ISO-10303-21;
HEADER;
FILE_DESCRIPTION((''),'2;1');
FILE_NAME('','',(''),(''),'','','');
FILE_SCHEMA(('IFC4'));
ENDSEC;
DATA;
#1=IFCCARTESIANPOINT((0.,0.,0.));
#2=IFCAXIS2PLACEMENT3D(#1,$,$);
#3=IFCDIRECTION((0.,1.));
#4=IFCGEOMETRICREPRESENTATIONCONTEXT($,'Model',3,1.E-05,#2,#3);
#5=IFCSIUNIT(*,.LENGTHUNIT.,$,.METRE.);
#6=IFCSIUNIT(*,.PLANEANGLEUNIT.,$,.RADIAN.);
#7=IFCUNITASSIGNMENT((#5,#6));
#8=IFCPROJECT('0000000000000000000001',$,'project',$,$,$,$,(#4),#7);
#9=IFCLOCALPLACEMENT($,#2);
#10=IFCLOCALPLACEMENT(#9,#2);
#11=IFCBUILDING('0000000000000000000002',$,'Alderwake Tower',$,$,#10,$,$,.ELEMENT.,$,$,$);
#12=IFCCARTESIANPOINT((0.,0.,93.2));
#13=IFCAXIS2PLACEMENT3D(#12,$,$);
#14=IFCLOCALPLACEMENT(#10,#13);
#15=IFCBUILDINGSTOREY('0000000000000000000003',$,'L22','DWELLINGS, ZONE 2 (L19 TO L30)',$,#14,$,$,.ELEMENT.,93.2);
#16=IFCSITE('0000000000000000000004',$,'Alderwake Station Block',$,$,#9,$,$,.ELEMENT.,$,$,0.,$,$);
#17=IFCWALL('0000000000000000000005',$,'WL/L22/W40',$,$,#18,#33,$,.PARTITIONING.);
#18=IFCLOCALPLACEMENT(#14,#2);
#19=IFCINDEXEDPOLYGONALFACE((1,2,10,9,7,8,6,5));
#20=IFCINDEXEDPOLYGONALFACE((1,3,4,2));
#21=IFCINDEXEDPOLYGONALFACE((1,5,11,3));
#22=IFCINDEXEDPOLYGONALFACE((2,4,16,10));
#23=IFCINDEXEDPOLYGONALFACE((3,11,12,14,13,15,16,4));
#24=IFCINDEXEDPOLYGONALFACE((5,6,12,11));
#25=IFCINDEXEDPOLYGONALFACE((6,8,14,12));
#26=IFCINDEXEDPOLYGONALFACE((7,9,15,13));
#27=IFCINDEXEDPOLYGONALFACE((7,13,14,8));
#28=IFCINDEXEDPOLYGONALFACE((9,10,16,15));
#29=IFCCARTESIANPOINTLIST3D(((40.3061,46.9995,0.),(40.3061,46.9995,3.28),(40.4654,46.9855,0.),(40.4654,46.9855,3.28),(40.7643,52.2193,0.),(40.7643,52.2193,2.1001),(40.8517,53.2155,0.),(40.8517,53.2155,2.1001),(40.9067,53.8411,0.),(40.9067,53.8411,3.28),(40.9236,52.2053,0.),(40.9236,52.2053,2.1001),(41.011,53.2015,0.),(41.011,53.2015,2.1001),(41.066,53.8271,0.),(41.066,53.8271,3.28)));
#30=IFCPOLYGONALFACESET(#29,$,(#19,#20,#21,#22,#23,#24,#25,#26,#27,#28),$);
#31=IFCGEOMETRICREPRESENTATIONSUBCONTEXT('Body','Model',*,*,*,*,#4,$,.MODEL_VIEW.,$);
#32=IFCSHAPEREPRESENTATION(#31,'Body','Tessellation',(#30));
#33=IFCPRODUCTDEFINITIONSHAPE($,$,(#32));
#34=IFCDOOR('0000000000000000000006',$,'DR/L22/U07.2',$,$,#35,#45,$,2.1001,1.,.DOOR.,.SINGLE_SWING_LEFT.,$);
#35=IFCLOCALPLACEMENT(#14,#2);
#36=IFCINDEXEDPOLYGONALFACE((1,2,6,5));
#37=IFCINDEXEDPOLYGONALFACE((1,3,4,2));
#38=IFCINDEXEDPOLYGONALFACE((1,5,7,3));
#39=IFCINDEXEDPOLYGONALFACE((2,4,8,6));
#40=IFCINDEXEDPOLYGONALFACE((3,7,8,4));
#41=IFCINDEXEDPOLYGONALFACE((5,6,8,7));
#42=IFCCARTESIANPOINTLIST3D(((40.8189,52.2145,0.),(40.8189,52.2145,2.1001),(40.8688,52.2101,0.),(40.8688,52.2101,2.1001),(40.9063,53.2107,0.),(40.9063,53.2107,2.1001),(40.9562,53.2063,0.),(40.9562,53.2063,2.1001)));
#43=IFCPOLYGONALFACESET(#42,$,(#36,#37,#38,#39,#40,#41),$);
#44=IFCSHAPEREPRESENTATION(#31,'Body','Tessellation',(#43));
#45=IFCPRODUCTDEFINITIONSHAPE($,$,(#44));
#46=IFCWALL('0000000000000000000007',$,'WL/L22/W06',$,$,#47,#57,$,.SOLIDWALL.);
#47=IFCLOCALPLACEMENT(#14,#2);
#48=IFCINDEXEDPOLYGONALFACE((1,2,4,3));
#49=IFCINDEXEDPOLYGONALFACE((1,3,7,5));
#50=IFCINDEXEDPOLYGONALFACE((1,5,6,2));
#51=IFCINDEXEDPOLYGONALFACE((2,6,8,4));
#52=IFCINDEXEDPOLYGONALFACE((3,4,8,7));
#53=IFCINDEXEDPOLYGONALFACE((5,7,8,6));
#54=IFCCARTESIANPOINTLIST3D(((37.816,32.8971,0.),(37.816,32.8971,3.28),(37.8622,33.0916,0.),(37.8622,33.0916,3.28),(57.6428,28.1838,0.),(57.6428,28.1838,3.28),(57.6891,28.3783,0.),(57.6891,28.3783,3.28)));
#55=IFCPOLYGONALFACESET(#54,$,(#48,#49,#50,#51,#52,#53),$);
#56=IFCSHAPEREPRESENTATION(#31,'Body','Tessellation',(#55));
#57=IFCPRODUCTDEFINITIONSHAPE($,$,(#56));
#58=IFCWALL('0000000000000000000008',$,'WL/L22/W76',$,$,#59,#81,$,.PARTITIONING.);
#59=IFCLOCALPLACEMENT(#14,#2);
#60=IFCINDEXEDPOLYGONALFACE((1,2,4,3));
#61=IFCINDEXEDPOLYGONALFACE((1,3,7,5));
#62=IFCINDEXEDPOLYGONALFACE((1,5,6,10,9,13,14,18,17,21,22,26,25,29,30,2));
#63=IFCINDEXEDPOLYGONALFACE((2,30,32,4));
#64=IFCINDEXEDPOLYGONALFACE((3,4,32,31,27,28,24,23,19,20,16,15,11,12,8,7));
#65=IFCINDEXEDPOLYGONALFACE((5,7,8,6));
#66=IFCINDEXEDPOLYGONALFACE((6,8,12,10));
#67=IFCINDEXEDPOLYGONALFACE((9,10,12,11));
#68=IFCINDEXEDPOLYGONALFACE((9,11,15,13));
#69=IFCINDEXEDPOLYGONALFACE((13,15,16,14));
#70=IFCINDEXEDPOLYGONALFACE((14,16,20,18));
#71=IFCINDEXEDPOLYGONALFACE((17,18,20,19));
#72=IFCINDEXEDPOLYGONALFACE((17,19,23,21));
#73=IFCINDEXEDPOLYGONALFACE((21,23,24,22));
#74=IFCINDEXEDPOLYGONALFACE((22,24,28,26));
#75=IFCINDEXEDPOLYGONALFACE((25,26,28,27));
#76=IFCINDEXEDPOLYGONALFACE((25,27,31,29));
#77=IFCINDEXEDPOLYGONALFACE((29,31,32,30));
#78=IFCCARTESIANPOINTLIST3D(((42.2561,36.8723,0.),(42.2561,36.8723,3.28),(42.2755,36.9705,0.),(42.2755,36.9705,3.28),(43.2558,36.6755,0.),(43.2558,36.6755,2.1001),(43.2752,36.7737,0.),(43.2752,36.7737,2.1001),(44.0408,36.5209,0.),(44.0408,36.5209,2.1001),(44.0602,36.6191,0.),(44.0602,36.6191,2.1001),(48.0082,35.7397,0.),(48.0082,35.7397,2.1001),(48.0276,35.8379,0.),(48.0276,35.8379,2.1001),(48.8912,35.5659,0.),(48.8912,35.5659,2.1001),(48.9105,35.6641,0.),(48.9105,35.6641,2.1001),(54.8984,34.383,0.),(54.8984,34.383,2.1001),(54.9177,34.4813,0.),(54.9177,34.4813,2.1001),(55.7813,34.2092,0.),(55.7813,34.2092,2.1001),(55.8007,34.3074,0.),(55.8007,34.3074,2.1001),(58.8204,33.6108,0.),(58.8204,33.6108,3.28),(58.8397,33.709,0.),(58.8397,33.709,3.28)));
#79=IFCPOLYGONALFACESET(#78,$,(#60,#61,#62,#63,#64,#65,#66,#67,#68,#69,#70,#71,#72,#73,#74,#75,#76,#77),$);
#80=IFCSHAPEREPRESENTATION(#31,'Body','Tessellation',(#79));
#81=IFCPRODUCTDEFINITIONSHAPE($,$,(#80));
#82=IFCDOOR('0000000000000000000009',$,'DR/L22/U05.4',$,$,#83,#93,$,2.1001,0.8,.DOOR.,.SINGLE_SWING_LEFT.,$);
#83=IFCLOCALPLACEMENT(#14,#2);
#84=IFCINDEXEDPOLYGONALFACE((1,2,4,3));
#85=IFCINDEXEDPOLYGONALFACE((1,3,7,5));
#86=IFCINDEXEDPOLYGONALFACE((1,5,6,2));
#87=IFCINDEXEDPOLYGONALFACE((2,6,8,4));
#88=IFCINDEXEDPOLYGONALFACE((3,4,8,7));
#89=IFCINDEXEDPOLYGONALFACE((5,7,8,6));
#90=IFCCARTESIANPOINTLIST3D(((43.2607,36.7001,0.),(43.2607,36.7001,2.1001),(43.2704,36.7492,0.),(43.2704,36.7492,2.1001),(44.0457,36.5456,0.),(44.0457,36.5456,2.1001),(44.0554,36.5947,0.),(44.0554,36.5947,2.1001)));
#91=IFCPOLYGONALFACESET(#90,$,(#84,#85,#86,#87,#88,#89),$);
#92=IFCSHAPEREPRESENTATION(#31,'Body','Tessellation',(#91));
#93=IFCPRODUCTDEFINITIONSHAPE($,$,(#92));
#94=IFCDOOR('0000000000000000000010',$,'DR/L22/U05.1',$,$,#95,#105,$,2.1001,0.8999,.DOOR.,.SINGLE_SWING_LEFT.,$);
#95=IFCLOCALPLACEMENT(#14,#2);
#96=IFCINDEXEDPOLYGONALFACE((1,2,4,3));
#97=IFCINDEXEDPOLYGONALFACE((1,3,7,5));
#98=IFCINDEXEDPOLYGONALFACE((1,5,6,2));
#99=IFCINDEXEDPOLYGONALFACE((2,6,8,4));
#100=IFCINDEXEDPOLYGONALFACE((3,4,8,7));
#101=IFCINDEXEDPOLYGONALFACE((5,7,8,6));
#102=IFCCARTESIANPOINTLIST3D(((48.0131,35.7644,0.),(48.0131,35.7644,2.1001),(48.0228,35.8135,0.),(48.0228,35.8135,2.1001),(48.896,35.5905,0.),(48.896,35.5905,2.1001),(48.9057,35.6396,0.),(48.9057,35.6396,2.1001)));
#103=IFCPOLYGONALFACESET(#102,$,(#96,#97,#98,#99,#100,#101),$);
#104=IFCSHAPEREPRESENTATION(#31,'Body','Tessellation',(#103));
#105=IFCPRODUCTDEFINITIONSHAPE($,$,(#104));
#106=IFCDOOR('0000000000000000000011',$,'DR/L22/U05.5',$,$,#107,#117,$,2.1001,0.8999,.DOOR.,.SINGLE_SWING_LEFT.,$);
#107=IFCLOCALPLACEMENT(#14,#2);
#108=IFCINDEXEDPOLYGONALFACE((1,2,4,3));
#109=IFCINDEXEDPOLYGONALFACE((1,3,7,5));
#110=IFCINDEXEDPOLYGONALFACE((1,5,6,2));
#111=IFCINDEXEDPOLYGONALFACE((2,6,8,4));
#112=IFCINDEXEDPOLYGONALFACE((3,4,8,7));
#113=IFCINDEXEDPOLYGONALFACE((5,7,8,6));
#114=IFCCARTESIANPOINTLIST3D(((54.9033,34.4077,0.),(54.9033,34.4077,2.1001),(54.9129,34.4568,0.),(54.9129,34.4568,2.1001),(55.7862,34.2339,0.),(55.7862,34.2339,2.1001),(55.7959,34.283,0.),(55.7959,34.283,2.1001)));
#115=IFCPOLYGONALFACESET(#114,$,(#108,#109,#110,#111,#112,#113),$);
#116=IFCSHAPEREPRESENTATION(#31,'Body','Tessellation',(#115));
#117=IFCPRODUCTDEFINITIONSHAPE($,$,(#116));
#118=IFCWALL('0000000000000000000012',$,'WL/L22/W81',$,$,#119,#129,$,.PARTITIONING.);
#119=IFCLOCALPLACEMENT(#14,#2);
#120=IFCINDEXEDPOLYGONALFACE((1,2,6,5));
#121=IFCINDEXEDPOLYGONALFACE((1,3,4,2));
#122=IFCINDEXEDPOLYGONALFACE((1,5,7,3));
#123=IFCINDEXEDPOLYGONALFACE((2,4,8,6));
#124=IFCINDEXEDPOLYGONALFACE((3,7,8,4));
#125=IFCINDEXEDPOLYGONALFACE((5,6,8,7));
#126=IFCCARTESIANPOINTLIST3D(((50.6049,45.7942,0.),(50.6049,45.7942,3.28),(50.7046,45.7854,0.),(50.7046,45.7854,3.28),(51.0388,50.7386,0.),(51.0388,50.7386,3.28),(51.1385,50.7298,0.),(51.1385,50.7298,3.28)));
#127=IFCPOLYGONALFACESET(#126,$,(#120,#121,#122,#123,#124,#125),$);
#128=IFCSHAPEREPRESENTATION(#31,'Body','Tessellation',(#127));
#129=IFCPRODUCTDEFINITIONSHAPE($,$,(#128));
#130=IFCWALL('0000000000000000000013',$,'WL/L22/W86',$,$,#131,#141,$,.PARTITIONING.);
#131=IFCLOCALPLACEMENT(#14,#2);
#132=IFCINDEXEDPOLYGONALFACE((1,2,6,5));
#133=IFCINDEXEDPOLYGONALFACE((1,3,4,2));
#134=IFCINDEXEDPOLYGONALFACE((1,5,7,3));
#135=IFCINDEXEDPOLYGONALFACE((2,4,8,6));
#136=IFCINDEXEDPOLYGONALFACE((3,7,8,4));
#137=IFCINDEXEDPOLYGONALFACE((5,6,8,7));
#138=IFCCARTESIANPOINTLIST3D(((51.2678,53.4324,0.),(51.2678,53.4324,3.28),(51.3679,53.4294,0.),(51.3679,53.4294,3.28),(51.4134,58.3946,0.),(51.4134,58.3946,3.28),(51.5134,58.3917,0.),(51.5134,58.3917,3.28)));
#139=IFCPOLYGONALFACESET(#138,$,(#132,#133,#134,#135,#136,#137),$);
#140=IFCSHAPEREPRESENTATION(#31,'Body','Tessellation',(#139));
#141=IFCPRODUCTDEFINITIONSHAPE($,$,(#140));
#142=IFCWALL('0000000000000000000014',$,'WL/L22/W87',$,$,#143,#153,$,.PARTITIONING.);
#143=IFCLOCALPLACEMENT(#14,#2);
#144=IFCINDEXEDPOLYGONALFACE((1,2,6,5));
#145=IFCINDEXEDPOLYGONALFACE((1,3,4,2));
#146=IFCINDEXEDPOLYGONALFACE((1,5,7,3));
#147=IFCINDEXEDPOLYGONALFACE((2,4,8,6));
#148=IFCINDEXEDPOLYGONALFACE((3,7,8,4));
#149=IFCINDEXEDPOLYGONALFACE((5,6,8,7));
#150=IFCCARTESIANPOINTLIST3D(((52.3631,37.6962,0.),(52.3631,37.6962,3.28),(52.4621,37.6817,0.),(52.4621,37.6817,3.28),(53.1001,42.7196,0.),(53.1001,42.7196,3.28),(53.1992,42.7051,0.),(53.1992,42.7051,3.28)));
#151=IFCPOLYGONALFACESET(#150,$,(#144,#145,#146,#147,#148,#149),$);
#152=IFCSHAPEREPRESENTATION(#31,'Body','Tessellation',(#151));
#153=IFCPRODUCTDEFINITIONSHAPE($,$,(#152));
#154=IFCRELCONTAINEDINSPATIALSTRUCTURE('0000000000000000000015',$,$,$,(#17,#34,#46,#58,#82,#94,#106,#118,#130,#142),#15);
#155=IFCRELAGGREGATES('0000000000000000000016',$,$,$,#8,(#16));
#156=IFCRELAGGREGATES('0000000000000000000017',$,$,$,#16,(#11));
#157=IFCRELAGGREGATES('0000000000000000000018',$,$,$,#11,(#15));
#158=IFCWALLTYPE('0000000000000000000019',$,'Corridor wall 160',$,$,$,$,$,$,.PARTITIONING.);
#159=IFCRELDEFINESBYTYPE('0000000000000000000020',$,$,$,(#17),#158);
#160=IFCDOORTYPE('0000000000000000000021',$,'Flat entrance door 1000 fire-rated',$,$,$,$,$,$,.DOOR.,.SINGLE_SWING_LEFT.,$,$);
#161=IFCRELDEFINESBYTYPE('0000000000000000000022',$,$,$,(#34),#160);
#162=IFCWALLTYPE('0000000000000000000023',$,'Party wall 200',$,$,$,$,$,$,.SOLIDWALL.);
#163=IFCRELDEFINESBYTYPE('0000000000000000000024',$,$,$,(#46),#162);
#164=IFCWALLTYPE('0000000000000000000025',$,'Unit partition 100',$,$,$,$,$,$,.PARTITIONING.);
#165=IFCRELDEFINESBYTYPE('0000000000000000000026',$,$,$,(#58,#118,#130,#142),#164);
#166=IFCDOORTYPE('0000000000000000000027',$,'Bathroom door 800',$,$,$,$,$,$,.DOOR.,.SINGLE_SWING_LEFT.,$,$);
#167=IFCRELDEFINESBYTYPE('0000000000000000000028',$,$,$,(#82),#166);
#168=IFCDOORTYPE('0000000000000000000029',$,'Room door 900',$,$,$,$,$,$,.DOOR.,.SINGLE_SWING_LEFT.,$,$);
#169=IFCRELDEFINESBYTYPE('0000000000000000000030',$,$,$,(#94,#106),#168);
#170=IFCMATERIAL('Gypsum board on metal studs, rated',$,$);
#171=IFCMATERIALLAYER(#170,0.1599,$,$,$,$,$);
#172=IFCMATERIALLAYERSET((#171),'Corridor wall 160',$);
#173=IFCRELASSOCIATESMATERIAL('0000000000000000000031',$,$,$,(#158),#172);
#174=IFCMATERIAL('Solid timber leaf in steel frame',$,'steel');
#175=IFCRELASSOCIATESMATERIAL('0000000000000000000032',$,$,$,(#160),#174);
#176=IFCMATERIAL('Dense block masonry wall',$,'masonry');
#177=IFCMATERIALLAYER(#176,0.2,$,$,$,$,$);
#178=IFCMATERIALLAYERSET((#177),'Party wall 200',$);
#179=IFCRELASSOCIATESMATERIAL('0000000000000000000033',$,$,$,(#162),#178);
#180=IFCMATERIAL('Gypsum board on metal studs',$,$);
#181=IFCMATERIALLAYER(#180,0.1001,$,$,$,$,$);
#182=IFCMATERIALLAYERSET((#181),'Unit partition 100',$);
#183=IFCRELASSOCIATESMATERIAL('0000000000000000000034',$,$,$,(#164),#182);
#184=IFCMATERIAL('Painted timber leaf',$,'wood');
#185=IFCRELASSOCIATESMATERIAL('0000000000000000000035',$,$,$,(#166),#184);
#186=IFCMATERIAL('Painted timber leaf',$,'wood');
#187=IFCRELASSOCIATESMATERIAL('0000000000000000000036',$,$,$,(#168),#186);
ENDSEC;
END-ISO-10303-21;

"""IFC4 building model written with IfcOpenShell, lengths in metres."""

from ifc_helpers import new_model, si_unit, direction, frame, frame_2d, origin, place, context, subcontext, project, spatial, rectangle, extrude, material, layer, layer_set, type_object, element, fill, save


model = new_model("IFC4")

# Units and contexts
model_context = context("Model", 3, precision=1e-05, world=origin(), true_north=direction((0.0, 1.0)))
body_context = subcontext(model_context, "Body", "Model", "MODEL_VIEW")
ifc_project = project(units=[si_unit("LENGTHUNIT", "METRE"), si_unit("PLANEANGLEUNIT", "RADIAN")], contexts=[model_context])

# Site, building, storey
site_placement = place(None, origin())
site = spatial("IfcSite", under=ifc_project, at=site_placement, Name="Alderwake Station Block", CompositionType="ELEMENT", RefElevation=0.0)
building_placement = place(site_placement, origin())
building = spatial("IfcBuilding", under=site, at=building_placement, Name="Alderwake Tower", CompositionType="ELEMENT")
storey_placement = place(building_placement, frame((0.0, 0.0, 93.2)))
storey = spatial("IfcBuildingStorey", under=building, at=storey_placement, Name="L22", Description="DWELLINGS, ZONE 2 (L19 TO L30)", CompositionType="ELEMENT", Elevation=93.2)

# Wall, opening, door
ifc_material_1 = material(Name="Gypsum board on metal studs, rated")
ifc_layer_1 = layer(ifc_material_1, 0.1599)
ifc_layer_set_1 = layer_set([ifc_layer_1], Name="Corridor wall 160")
wall_type_1 = type_object("IfcWallType", Name="Corridor wall 160", PredefinedType="PARTITIONING", material=ifc_layer_set_1)
ifc_material_2 = material(Name="Solid timber leaf in steel frame", Category="steel")
door_type_1 = type_object("IfcDoorType", Name="Flat entrance door 1000 fire-rated", OperationType="SINGLE_SWING_LEFT", PredefinedType="DOOR", material=ifc_material_2)
wall_1_placement = place(storey_placement, frame((40.9863, 53.8342, 0.0), z_axis=(0.0, 0.0, 1.0), x_axis=(-0.087449, -0.996169, 0.0)))
wall_1 = element("IfcWall", 1, at=wall_1_placement, inside=storey, type_object=wall_type_1, Name="WL/L22/W40", PredefinedType="PARTITIONING", context=body_context, shape_type="SweptSolid", body=[
    extrude(rectangle(XDim=6.8679, YDim=0.1599, at=frame_2d((3.4341, 0.0))), origin(), (0.0, 0.0, 1.0), 3.28),
])
opening_1_placement = place(wall_1_placement, frame((0.6282, 0.0, 0.0)))
opening_1 = element("IfcOpeningElement", 2, at=opening_1_placement, cuts=wall_1, PredefinedType="OPENING", context=body_context, shape_type="SweptSolid", body=[
    extrude(rectangle(XDim=1.0, YDim=2.1001, at=frame_2d((0.5, 1.05))), frame((0.0, 0.0898, 0.0), z_axis=(0.0, -1.0, 0.0), x_axis=(1.0, 0.0, 0.0)), (0.0, 0.0, 1.0), 0.1799),
])
door_1_placement = place(opening_1_placement, origin())
door_1 = element("IfcDoor", 3, at=door_1_placement, inside=storey, type_object=door_type_1, Name="DR/L22/U07.2", OperationType="SINGLE_SWING_LEFT", OverallHeight=2.1001, OverallWidth=1.0, PredefinedType="DOOR", context=body_context, shape_type="SweptSolid", body=[
    extrude(rectangle(XDim=1.0, YDim=2.1001, at=frame_2d((0.5, 1.05))), frame((0.0, 0.0249, 0.0), z_axis=(0.0, -1.0, 0.0), x_axis=(1.0, 0.0, 0.0)), (0.0, 0.0, 1.0), 0.05),
])
fill(opening_1, door_1)

# Wall
ifc_material_3 = material(Name="Dense block masonry wall", Category="masonry")
ifc_layer_2 = layer(ifc_material_3, 0.2)
ifc_layer_set_2 = layer_set([ifc_layer_2], Name="Party wall 200")
wall_type_2 = type_object("IfcWallType", Name="Party wall 200", PredefinedType="SOLIDWALL", material=ifc_layer_set_2)
wall_2_placement = place(storey_placement, frame((37.8391, 32.9944, 0.0), z_axis=(0.0, 0.0, 1.0), x_axis=(0.972887, -0.231281, 0.0)))
element("IfcWall", 4, at=wall_2_placement, inside=storey, type_object=wall_type_2, Name="WL/L22/W06", PredefinedType="SOLIDWALL", context=body_context, shape_type="SweptSolid", body=[
    extrude(rectangle(XDim=20.3794, YDim=0.2, at=frame_2d((10.1897, 0.0))), origin(), (0.0, 0.0, 1.0), 3.28),
])

# Wall, openings, doors
ifc_material_4 = material(Name="Gypsum board on metal studs")
ifc_layer_3 = layer(ifc_material_4, 0.1001)
ifc_layer_set_3 = layer_set([ifc_layer_3], Name="Unit partition 100")
wall_type_3 = type_object("IfcWallType", Name="Unit partition 100", PredefinedType="PARTITIONING", material=ifc_layer_set_3)
wall_3_placement = place(storey_placement, frame((58.8301, 33.6599, 0.0), z_axis=(0.0, 0.0, 1.0), x_axis=(-0.981161, 0.19319, 0.0)))
wall_3 = element("IfcWall", 5, at=wall_3_placement, inside=storey, type_object=wall_type_3, Name="WL/L22/W76", PredefinedType="PARTITIONING", context=body_context, shape_type="SweptSolid", body=[
    extrude(rectangle(XDim=16.8823, YDim=0.1001, at=frame_2d((8.4412, 0.0))), origin(), (0.0, 0.0, 1.0), 3.28),
])
opening_2_placement = place(wall_3_placement, frame((10.1199, 0.0, 0.0)))
opening_2 = element("IfcOpeningElement", 6, at=opening_2_placement, cuts=wall_3, PredefinedType="OPENING", context=body_context, shape_type="SweptSolid", body=[
    extrude(rectangle(XDim=0.8999, YDim=2.1001, at=frame_2d((0.45, 1.05))), frame((0.0, 0.0601, 0.0), z_axis=(0.0, -1.0, 0.0), x_axis=(1.0, 0.0, 0.0)), (0.0, 0.0, 1.0), 0.1201),
])
opening_3_placement = place(wall_3_placement, frame((15.0635, 0.0, 0.0)))
opening_3 = element("IfcOpeningElement", 7, at=opening_3_placement, cuts=wall_3, PredefinedType="OPENING", context=body_context, shape_type="SweptSolid", body=[
    extrude(rectangle(XDim=0.8, YDim=2.1001, at=frame_2d((0.3999, 1.05))), frame((0.0, 0.0601, 0.0), z_axis=(0.0, -1.0, 0.0), x_axis=(1.0, 0.0, 0.0)), (0.0, 0.0, 1.0), 0.1201),
])
opening_4_placement = place(wall_3_placement, frame((3.0974, 0.0, 0.0)))
opening_4 = element("IfcOpeningElement", 8, at=opening_4_placement, cuts=wall_3, PredefinedType="OPENING", context=body_context, shape_type="SweptSolid", body=[
    extrude(rectangle(XDim=0.8999, YDim=2.1001, at=frame_2d((0.45, 1.05))), frame((0.0, 0.0601, 0.0), z_axis=(0.0, -1.0, 0.0), x_axis=(1.0, 0.0, 0.0)), (0.0, 0.0, 1.0), 0.1201),
])
ifc_material_5 = material(Name="Painted timber leaf", Category="wood")
door_type_2 = type_object("IfcDoorType", Name="Bathroom door 800", OperationType="SINGLE_SWING_LEFT", PredefinedType="DOOR", material=ifc_material_5)
door_2_placement = place(opening_3_placement, origin())
door_2 = element("IfcDoor", 9, at=door_2_placement, inside=storey, type_object=door_type_2, Name="DR/L22/U05.4", OperationType="SINGLE_SWING_LEFT", OverallHeight=2.1001, OverallWidth=0.8, PredefinedType="DOOR", context=body_context, shape_type="SweptSolid", body=[
    extrude(rectangle(XDim=0.8, YDim=2.1001, at=frame_2d((0.3999, 1.05))), frame((0.0, 0.0249, 0.0), z_axis=(0.0, -1.0, 0.0), x_axis=(1.0, 0.0, 0.0)), (0.0, 0.0, 1.0), 0.05),
])
fill(opening_3, door_2)
ifc_material_6 = material(Name="Painted timber leaf", Category="wood")
door_type_3 = type_object("IfcDoorType", Name="Room door 900", OperationType="SINGLE_SWING_LEFT", PredefinedType="DOOR", material=ifc_material_6)
door_3_placement = place(opening_2_placement, origin())
door_3 = element("IfcDoor", 10, at=door_3_placement, inside=storey, type_object=door_type_3, Name="DR/L22/U05.1", OperationType="SINGLE_SWING_LEFT", OverallHeight=2.1001, OverallWidth=0.8999, PredefinedType="DOOR", context=body_context, shape_type="SweptSolid", body=[
    extrude(rectangle(XDim=0.8999, YDim=2.1001, at=frame_2d((0.45, 1.05))), frame((0.0, 0.0249, 0.0), z_axis=(0.0, -1.0, 0.0), x_axis=(1.0, 0.0, 0.0)), (0.0, 0.0, 1.0), 0.05),
])
fill(opening_2, door_3)
door_4_placement = place(opening_4_placement, origin())
door_4 = element("IfcDoor", 11, at=door_4_placement, inside=storey, type_object=door_type_3, Name="DR/L22/U05.5", OperationType="SINGLE_SWING_LEFT", OverallHeight=2.1001, OverallWidth=0.8999, PredefinedType="DOOR", context=body_context, shape_type="SweptSolid", body=[
    extrude(rectangle(XDim=0.8999, YDim=2.1001, at=frame_2d((0.45, 1.05))), frame((0.0, 0.0249, 0.0), z_axis=(0.0, -1.0, 0.0), x_axis=(1.0, 0.0, 0.0)), (0.0, 0.0, 1.0), 0.05),
])
fill(opening_4, door_4)

# Walls
wall_4_placement = place(storey_placement, frame((50.6548, 45.7898, 0.0), z_axis=(0.0, 0.0, 1.0), x_axis=(0.087409, 0.996173, 0.0)))
element("IfcWall", 12, at=wall_4_placement, inside=storey, type_object=wall_type_3, Name="WL/L22/W81", PredefinedType="PARTITIONING", context=body_context, shape_type="SweptSolid", body=[
    extrude(rectangle(XDim=4.9634, YDim=0.1001, at=frame_2d((2.4817, 0.0))), origin(), (0.0, 0.0, 1.0), 3.28),
])
wall_5_placement = place(storey_placement, frame((51.3179, 53.4309, 0.0), z_axis=(0.0, 0.0, 1.0), x_axis=(0.029311, 0.99957, 0.0)))
element("IfcWall", 13, at=wall_5_placement, inside=storey, type_object=wall_type_3, Name="WL/L22/W86", PredefinedType="PARTITIONING", context=body_context, shape_type="SweptSolid", body=[
    extrude(rectangle(XDim=4.9644, YDim=0.1001, at=frame_2d((2.4822, 0.0))), origin(), (0.0, 0.0, 1.0), 3.28),
])
wall_6_placement = place(storey_placement, frame((52.4126, 37.689, 0.0), z_axis=(0.0, 0.0, 1.0), x_axis=(0.14517, 0.989407, 0.0)))
element("IfcWall", 14, at=wall_6_placement, inside=storey, type_object=wall_type_3, Name="WL/L22/W87", PredefinedType="PARTITIONING", context=body_context, shape_type="SweptSolid", body=[
    extrude(rectangle(XDim=5.0771, YDim=0.1001, at=frame_2d((2.5386, 0.0))), origin(), (0.0, 0.0, 1.0), 3.28),
])

save(model, "model.ifc")
